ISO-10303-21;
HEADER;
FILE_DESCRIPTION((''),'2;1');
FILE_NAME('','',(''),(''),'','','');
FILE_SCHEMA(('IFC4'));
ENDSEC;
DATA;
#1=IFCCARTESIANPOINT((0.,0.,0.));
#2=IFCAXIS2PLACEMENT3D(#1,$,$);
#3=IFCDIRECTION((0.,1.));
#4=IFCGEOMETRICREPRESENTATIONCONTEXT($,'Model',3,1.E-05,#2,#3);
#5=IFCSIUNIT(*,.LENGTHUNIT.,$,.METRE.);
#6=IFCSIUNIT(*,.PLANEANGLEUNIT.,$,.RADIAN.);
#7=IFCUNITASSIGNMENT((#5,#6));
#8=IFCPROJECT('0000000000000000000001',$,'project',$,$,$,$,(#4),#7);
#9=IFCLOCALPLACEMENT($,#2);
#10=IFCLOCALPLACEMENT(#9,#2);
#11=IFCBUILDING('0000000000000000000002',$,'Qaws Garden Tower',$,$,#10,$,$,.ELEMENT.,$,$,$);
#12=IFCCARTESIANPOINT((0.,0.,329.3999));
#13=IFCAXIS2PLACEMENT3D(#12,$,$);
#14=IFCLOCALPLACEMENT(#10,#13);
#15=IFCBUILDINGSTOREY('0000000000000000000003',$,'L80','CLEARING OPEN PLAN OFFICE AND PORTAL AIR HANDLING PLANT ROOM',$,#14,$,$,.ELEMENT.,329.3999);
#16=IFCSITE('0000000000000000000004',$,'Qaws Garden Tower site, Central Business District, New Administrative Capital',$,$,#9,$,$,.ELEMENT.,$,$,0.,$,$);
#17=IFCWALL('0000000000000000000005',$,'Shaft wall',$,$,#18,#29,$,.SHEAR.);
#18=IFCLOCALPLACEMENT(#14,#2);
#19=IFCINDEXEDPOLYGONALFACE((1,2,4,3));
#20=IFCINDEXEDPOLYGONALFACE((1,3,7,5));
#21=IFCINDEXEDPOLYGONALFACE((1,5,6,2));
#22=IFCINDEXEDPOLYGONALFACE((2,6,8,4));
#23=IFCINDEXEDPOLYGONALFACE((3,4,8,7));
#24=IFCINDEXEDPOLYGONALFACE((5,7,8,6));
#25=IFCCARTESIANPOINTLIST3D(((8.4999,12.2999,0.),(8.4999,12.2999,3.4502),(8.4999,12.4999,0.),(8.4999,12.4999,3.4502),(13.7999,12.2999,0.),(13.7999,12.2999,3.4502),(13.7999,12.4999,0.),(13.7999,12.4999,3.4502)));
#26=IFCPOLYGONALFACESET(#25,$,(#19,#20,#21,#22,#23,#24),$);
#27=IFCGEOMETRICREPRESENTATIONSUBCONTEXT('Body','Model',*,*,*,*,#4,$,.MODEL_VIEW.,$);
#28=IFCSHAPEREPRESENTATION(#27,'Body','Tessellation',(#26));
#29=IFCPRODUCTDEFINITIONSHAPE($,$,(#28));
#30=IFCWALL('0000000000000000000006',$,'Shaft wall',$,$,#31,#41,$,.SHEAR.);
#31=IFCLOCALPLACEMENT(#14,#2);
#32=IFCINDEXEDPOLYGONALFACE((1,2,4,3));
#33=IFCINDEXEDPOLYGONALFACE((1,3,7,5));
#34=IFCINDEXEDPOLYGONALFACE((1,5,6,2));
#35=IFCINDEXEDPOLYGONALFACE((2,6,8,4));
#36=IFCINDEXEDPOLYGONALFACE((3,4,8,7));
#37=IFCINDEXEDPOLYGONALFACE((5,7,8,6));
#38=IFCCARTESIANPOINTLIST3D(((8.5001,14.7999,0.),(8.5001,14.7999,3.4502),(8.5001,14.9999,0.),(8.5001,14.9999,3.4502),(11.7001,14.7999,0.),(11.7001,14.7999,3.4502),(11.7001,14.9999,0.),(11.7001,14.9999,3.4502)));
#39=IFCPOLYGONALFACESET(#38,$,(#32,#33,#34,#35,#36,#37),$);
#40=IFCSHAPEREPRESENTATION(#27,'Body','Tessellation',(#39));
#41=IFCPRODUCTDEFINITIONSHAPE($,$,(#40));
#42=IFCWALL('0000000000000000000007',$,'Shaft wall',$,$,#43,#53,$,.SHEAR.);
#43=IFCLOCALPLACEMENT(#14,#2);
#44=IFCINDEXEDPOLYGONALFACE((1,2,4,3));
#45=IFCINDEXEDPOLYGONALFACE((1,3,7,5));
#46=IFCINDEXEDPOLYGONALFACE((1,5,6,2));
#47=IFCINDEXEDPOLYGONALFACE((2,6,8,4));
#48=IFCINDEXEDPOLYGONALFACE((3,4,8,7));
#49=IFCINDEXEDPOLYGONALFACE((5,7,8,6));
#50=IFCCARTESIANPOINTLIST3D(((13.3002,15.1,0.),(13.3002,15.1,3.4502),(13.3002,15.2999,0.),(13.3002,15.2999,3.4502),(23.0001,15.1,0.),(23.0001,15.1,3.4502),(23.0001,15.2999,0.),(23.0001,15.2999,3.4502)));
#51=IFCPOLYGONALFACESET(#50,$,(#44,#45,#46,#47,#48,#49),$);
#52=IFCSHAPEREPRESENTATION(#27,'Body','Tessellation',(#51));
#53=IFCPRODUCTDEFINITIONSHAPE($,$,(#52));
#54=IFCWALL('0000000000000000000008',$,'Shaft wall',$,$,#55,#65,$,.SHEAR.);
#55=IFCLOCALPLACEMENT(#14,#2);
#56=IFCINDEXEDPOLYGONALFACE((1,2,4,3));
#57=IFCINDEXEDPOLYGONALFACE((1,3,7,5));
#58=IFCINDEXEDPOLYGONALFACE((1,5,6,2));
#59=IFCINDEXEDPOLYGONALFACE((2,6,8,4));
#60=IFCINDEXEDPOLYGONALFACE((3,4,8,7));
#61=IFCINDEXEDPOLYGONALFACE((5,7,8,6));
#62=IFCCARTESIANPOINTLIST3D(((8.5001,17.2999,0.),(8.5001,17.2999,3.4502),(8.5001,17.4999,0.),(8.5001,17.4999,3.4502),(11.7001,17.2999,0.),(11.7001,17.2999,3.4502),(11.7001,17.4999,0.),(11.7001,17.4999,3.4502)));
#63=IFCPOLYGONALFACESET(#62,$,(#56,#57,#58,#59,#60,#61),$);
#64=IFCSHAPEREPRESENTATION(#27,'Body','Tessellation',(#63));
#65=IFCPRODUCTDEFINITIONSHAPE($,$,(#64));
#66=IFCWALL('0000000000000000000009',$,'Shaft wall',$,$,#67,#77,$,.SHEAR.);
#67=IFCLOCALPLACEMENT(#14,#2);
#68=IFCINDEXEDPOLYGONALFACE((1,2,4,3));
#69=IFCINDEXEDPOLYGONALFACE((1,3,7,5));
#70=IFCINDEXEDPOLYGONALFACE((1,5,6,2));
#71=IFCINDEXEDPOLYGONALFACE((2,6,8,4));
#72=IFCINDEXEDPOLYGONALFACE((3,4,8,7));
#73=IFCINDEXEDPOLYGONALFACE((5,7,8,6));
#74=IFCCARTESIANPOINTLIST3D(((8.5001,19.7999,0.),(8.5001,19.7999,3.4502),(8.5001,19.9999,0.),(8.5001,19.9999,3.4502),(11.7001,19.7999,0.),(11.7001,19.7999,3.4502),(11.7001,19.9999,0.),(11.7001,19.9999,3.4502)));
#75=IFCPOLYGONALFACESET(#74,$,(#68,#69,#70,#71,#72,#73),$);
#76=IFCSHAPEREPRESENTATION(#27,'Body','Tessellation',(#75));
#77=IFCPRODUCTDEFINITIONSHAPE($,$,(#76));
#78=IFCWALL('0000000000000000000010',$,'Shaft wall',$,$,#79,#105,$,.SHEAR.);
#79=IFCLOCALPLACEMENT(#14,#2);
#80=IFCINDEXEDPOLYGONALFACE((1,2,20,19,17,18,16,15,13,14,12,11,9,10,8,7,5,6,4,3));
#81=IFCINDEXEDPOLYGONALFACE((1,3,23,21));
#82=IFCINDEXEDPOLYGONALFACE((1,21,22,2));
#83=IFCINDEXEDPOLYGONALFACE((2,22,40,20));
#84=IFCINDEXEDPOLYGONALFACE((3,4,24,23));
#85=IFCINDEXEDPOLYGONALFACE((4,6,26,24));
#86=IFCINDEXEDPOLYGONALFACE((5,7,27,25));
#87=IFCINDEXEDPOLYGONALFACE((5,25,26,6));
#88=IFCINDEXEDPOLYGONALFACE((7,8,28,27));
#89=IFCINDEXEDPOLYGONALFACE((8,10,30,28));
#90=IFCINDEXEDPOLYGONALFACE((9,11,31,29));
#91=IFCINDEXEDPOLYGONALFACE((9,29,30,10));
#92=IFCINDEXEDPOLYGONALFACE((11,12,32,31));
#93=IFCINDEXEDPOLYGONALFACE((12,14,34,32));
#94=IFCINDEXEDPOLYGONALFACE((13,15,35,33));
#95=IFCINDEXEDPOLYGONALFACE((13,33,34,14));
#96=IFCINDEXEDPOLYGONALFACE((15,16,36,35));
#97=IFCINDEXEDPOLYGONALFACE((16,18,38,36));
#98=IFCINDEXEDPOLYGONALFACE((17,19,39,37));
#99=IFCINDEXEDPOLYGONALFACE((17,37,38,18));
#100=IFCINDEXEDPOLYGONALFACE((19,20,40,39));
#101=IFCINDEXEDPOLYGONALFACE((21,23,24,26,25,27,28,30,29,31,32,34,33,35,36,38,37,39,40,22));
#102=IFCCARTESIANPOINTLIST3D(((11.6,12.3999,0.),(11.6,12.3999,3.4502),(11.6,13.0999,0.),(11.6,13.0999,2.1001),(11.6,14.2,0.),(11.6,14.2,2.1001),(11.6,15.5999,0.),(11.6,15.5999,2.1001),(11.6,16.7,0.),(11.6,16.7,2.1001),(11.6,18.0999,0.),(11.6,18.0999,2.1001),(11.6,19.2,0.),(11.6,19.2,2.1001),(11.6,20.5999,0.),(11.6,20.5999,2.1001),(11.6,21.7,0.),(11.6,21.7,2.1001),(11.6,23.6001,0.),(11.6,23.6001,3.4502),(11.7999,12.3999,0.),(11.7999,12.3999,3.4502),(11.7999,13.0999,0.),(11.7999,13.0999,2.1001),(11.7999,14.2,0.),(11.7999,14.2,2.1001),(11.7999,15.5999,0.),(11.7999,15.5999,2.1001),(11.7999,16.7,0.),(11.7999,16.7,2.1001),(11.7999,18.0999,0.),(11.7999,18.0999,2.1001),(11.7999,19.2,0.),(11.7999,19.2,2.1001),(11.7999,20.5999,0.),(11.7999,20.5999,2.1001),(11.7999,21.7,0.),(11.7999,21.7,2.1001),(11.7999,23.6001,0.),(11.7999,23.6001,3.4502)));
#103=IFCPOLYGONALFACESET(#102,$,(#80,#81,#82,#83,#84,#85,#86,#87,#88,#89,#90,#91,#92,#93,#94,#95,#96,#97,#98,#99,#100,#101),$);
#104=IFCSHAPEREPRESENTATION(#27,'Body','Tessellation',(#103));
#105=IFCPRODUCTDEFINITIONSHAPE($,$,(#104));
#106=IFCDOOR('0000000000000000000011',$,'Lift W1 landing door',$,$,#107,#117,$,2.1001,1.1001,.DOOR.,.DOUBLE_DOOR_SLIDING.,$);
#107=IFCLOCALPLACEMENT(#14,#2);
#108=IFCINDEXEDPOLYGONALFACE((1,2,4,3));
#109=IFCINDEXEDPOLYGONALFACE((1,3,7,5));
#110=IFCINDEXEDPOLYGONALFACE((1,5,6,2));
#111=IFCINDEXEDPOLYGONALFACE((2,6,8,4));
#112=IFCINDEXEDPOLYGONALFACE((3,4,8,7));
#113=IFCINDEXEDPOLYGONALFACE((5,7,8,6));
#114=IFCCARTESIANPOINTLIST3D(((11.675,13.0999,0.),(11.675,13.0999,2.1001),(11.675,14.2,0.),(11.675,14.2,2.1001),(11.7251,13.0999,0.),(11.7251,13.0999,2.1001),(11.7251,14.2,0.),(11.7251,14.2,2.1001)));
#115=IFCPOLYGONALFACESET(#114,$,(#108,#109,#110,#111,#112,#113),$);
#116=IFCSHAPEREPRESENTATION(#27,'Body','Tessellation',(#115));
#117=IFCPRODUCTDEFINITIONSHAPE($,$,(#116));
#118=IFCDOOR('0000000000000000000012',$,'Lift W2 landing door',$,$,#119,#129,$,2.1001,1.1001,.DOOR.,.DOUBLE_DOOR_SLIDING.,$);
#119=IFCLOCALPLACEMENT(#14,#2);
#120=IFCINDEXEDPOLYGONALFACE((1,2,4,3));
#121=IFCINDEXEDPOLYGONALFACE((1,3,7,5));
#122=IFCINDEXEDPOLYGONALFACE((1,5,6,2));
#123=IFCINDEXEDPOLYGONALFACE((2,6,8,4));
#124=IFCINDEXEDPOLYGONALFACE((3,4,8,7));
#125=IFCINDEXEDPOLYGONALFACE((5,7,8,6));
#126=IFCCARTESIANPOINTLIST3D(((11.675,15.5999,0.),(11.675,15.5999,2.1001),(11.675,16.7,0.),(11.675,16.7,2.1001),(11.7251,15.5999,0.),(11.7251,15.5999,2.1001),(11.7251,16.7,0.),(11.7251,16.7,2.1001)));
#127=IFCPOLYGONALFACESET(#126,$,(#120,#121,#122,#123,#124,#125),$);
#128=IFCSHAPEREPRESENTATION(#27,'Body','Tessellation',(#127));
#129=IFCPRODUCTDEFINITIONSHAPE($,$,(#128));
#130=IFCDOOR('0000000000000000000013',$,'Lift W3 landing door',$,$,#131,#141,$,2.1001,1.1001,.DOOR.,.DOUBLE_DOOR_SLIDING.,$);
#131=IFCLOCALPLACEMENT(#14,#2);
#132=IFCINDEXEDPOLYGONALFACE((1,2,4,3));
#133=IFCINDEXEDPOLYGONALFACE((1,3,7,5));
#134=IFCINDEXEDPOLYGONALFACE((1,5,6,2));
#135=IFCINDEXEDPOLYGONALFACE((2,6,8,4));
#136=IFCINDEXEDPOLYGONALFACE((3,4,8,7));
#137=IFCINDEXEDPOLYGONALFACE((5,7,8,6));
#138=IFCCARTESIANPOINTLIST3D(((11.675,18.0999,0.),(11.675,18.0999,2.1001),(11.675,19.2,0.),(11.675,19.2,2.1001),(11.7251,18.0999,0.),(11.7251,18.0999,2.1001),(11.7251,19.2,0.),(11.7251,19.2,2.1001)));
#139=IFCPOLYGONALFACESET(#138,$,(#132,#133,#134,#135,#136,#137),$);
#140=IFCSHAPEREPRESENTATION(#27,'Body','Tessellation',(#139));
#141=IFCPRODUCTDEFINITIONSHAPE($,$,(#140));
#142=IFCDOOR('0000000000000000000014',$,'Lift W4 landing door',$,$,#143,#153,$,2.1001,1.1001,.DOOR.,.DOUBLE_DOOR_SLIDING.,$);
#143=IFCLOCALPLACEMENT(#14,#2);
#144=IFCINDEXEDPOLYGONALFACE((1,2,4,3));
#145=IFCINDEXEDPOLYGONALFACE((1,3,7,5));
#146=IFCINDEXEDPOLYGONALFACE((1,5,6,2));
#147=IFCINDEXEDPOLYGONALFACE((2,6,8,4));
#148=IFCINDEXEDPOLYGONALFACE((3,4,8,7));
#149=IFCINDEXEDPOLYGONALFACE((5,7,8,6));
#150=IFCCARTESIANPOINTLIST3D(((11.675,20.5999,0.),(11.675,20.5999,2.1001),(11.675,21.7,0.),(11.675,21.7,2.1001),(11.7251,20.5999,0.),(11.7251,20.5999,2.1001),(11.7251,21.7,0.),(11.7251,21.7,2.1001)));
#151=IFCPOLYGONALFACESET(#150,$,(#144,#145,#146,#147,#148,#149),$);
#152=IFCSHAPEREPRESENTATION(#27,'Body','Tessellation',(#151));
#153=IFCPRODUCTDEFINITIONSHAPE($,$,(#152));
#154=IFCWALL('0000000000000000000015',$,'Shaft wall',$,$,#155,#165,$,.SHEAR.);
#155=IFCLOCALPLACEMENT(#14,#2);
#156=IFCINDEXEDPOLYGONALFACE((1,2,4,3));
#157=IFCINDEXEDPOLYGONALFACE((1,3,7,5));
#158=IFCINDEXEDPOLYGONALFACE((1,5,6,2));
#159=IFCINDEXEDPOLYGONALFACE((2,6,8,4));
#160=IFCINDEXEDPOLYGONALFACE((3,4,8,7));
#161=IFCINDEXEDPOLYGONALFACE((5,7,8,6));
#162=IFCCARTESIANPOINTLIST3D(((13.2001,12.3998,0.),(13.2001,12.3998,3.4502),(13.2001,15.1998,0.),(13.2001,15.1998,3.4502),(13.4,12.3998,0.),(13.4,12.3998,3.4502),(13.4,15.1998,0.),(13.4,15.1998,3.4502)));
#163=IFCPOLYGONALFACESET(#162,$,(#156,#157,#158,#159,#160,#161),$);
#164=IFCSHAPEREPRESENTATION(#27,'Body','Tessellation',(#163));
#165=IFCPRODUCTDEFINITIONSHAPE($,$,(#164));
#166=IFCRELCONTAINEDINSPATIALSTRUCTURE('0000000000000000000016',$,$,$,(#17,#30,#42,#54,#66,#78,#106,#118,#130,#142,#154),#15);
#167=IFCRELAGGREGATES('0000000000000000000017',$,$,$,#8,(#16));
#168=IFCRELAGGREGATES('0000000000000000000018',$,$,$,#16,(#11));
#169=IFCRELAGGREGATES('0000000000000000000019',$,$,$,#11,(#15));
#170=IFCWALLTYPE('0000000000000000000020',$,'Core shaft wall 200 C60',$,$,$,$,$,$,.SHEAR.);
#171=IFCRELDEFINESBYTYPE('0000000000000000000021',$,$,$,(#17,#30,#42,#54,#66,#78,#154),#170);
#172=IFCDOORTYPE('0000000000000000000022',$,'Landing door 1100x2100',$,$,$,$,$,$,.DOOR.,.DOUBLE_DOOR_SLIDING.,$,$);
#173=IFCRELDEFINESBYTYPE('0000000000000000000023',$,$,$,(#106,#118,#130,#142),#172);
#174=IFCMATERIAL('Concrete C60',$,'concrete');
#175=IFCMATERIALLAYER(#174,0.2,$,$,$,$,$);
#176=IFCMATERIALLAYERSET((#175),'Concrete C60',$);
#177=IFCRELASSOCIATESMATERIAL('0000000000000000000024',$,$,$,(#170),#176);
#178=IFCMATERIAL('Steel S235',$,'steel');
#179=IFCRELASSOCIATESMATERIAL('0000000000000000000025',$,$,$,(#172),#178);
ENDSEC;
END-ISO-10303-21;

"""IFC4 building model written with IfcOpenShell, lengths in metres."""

from ifc_helpers import new_model, si_unit, direction, frame, frame_2d, origin, place, context, subcontext, project, spatial, rectangle, extrude, material, layer, layer_set, type_object, element, fill, save


model = new_model("IFC4")

# Units and contexts
model_context = context("Model", 3, precision=1e-05, world=origin(), true_north=direction((0.0, 1.0)))
body_context = subcontext(model_context, "Body", "Model", "MODEL_VIEW")
ifc_project = project(units=[si_unit("LENGTHUNIT", "METRE"), si_unit("PLANEANGLEUNIT", "RADIAN")], contexts=[model_context])

# Site, building, storey
site_placement = place(None, origin())
site = spatial("IfcSite", under=ifc_project, at=site_placement, Name="Qaws Garden Tower site, Central Business District, New Administrative Capital", CompositionType="ELEMENT", RefElevation=0.0)
building_placement = place(site_placement, origin())
building = spatial("IfcBuilding", under=site, at=building_placement, Name="Qaws Garden Tower", CompositionType="ELEMENT")
storey_placement = place(building_placement, frame((0.0, 0.0, 329.3999)))
storey = spatial("IfcBuildingStorey", under=building, at=storey_placement, Name="L80", Description="CLEARING OPEN PLAN OFFICE AND PORTAL AIR HANDLING PLANT ROOM", CompositionType="ELEMENT", Elevation=329.3999)

# Walls
ifc_material_1 = material(Name="Concrete C60", Category="concrete")
ifc_layer_1 = layer(ifc_material_1, 0.2)
ifc_layer_set_1 = layer_set([ifc_layer_1], Name="Concrete C60")
wall_type_1 = type_object("IfcWallType", Name="Core shaft wall 200 C60", PredefinedType="SHEAR", material=ifc_layer_set_1)
wall_1_placement = place(storey_placement, frame((8.5, 12.3999, 0.0), z_axis=(0.0, 0.0, 1.0), x_axis=(1.0, 0.0, 0.0)))
element("IfcWall", 1, at=wall_1_placement, inside=storey, type_object=wall_type_1, Name="Shaft wall", PredefinedType="SHEAR", context=body_context, shape_type="SweptSolid", body=[
    extrude(rectangle(XDim=5.3, YDim=0.2, at=frame_2d((2.6499, 0.0))), origin(), (0.0, 0.0, 1.0), 3.4502),
])
wall_2_placement = place(storey_placement, frame((8.5, 14.8999, 0.0), z_axis=(0.0, 0.0, 1.0), x_axis=(1.0, 0.0, 0.0)))
element("IfcWall", 2, at=wall_2_placement, inside=storey, type_object=wall_type_1, Name="Shaft wall", PredefinedType="SHEAR", context=body_context, shape_type="SweptSolid", body=[
    extrude(rectangle(XDim=3.2, YDim=0.2, at=frame_2d((1.6001, 0.0))), origin(), (0.0, 0.0, 1.0), 3.4502),
])
wall_3_placement = place(storey_placement, frame((13.3, 15.2, 0.0), z_axis=(0.0, 0.0, 1.0), x_axis=(1.0, 0.0, 0.0)))
element("IfcWall", 3, at=wall_3_placement, inside=storey, type_object=wall_type_1, Name="Shaft wall", PredefinedType="SHEAR", context=body_context, shape_type="SweptSolid", body=[
    extrude(rectangle(XDim=9.7, YDim=0.2, at=frame_2d((4.8501, 0.0))), origin(), (0.0, 0.0, 1.0), 3.4502),
])
for number, where, z_axis, x_axis, name in (
    (4, (8.5, 17.3999, 0.0), (0.0, 0.0, 1.0), (1.0, 0.0, 0.0), "Shaft wall"),
    (5, (8.5, 19.8999, 0.0), (0.0, 0.0, 1.0), (1.0, 0.0, 0.0), "Shaft wall"),
):
    element("IfcWall", number, at=place(storey_placement, frame(where, z_axis=z_axis, x_axis=x_axis)), inside=storey, type_object=wall_type_1, Name=name, PredefinedType="SHEAR", context=body_context, shape_type="SweptSolid", body=[
        extrude(rectangle(XDim=3.2, YDim=0.2, at=frame_2d((1.6001, 0.0))), origin(), (0.0, 0.0, 1.0), 3.4502),
    ])

# Wall, openings, doors
wall_4_placement = place(storey_placement, frame((11.7, 12.3999, 0.0), z_axis=(0.0, 0.0, 1.0), x_axis=(0.0, 1.0, 0.0)))
wall_4 = element("IfcWall", 6, at=wall_4_placement, inside=storey, type_object=wall_type_1, Name="Shaft wall", PredefinedType="SHEAR", context=body_context, shape_type="SweptSolid", body=[
    extrude(rectangle(XDim=11.2002, YDim=0.2, at=frame_2d((5.6001, 0.0))), origin(), (0.0, 0.0, 1.0), 3.4502),
])
opening_1_placement = place(wall_4_placement, frame((0.7, 0.0, 0.0)))
opening_1 = element("IfcOpeningElement", 7, at=opening_1_placement, cuts=wall_4, PredefinedType="OPENING", context=body_context, shape_type="SweptSolid", body=[
    extrude(rectangle(XDim=1.1001, YDim=2.1001, at=frame_2d((0.55, 1.05))), frame((0.0, 0.1099, 0.0), z_axis=(0.0, -1.0, 0.0), x_axis=(1.0, 0.0, 0.0)), (0.0, 0.0, 1.0), 0.22),
])
opening_2_placement = place(wall_4_placement, frame((3.2, 0.0, 0.0)))
opening_2 = element("IfcOpeningElement", 8, at=opening_2_placement, cuts=wall_4, PredefinedType="OPENING", context=body_context, shape_type="SweptSolid", body=[
    extrude(rectangle(XDim=1.1001, YDim=2.1001, at=frame_2d((0.55, 1.05))), frame((0.0, 0.1099, 0.0), z_axis=(0.0, -1.0, 0.0), x_axis=(1.0, 0.0, 0.0)), (0.0, 0.0, 1.0), 0.22),
])
opening_3_placement = place(wall_4_placement, frame((5.7, 0.0, 0.0)))
opening_3 = element("IfcOpeningElement", 9, at=opening_3_placement, cuts=wall_4, PredefinedType="OPENING", context=body_context, shape_type="SweptSolid", body=[
    extrude(rectangle(XDim=1.1001, YDim=2.1001, at=frame_2d((0.55, 1.05))), frame((0.0, 0.1099, 0.0), z_axis=(0.0, -1.0, 0.0), x_axis=(1.0, 0.0, 0.0)), (0.0, 0.0, 1.0), 0.22),
])
opening_4_placement = place(wall_4_placement, frame((8.2, 0.0, 0.0)))
opening_4 = element("IfcOpeningElement", 10, at=opening_4_placement, cuts=wall_4, PredefinedType="OPENING", context=body_context, shape_type="SweptSolid", body=[
    extrude(rectangle(XDim=1.1001, YDim=2.1001, at=frame_2d((0.55, 1.05))), frame((0.0, 0.1099, 0.0), z_axis=(0.0, -1.0, 0.0), x_axis=(1.0, 0.0, 0.0)), (0.0, 0.0, 1.0), 0.22),
])
ifc_material_2 = material(Name="Steel S235", Category="steel")
door_type_1 = type_object("IfcDoorType", Name="Landing door 1100x2100", OperationType="DOUBLE_DOOR_SLIDING", PredefinedType="DOOR", material=ifc_material_2)
door_1_placement = place(opening_1_placement, origin())
door_1 = element("IfcDoor", 11, at=door_1_placement, inside=storey, type_object=door_type_1, Name="Lift W1 landing door", OperationType="DOUBLE_DOOR_SLIDING", OverallHeight=2.1001, OverallWidth=1.1001, PredefinedType="DOOR", context=body_context, shape_type="SweptSolid", body=[
    extrude(rectangle(XDim=1.1001, YDim=2.1001, at=frame_2d((0.55, 1.05))), frame((0.0, 0.0249, 0.0), z_axis=(0.0, -1.0, 0.0), x_axis=(1.0, 0.0, 0.0)), (0.0, 0.0, 1.0), 0.05),
])
fill(opening_1, door_1)
door_2_placement = place(opening_2_placement, origin())
door_2 = element("IfcDoor", 12, at=door_2_placement, inside=storey, type_object=door_type_1, Name="Lift W2 landing door", OperationType="DOUBLE_DOOR_SLIDING", OverallHeight=2.1001, OverallWidth=1.1001, PredefinedType="DOOR", context=body_context, shape_type="SweptSolid", body=[
    extrude(rectangle(XDim=1.1001, YDim=2.1001, at=frame_2d((0.55, 1.05))), frame((0.0, 0.0249, 0.0), z_axis=(0.0, -1.0, 0.0), x_axis=(1.0, 0.0, 0.0)), (0.0, 0.0, 1.0), 0.05),
])
fill(opening_2, door_2)
door_3_placement = place(opening_3_placement, origin())
door_3 = element("IfcDoor", 13, at=door_3_placement, inside=storey, type_object=door_type_1, Name="Lift W3 landing door", OperationType="DOUBLE_DOOR_SLIDING", OverallHeight=2.1001, OverallWidth=1.1001, PredefinedType="DOOR", context=body_context, shape_type="SweptSolid", body=[
    extrude(rectangle(XDim=1.1001, YDim=2.1001, at=frame_2d((0.55, 1.05))), frame((0.0, 0.0249, 0.0), z_axis=(0.0, -1.0, 0.0), x_axis=(1.0, 0.0, 0.0)), (0.0, 0.0, 1.0), 0.05),
])
fill(opening_3, door_3)
door_4_placement = place(opening_4_placement, origin())
door_4 = element("IfcDoor", 14, at=door_4_placement, inside=storey, type_object=door_type_1, Name="Lift W4 landing door", OperationType="DOUBLE_DOOR_SLIDING", OverallHeight=2.1001, OverallWidth=1.1001, PredefinedType="DOOR", context=body_context, shape_type="SweptSolid", body=[
    extrude(rectangle(XDim=1.1001, YDim=2.1001, at=frame_2d((0.55, 1.05))), frame((0.0, 0.0249, 0.0), z_axis=(0.0, -1.0, 0.0), x_axis=(1.0, 0.0, 0.0)), (0.0, 0.0, 1.0), 0.05),
])
fill(opening_4, door_4)

# Wall
wall_5_placement = place(storey_placement, frame((13.3, 12.3999, 0.0), z_axis=(0.0, 0.0, 1.0), x_axis=(0.0, 1.0, 0.0)))
element("IfcWall", 15, at=wall_5_placement, inside=storey, type_object=wall_type_1, Name="Shaft wall", PredefinedType="SHEAR", context=body_context, shape_type="SweptSolid", body=[
    extrude(rectangle(XDim=2.8, YDim=0.2, at=frame_2d((1.3999, 0.0))), origin(), (0.0, 0.0, 1.0), 3.4502),
])

save(model, "model.ifc")
